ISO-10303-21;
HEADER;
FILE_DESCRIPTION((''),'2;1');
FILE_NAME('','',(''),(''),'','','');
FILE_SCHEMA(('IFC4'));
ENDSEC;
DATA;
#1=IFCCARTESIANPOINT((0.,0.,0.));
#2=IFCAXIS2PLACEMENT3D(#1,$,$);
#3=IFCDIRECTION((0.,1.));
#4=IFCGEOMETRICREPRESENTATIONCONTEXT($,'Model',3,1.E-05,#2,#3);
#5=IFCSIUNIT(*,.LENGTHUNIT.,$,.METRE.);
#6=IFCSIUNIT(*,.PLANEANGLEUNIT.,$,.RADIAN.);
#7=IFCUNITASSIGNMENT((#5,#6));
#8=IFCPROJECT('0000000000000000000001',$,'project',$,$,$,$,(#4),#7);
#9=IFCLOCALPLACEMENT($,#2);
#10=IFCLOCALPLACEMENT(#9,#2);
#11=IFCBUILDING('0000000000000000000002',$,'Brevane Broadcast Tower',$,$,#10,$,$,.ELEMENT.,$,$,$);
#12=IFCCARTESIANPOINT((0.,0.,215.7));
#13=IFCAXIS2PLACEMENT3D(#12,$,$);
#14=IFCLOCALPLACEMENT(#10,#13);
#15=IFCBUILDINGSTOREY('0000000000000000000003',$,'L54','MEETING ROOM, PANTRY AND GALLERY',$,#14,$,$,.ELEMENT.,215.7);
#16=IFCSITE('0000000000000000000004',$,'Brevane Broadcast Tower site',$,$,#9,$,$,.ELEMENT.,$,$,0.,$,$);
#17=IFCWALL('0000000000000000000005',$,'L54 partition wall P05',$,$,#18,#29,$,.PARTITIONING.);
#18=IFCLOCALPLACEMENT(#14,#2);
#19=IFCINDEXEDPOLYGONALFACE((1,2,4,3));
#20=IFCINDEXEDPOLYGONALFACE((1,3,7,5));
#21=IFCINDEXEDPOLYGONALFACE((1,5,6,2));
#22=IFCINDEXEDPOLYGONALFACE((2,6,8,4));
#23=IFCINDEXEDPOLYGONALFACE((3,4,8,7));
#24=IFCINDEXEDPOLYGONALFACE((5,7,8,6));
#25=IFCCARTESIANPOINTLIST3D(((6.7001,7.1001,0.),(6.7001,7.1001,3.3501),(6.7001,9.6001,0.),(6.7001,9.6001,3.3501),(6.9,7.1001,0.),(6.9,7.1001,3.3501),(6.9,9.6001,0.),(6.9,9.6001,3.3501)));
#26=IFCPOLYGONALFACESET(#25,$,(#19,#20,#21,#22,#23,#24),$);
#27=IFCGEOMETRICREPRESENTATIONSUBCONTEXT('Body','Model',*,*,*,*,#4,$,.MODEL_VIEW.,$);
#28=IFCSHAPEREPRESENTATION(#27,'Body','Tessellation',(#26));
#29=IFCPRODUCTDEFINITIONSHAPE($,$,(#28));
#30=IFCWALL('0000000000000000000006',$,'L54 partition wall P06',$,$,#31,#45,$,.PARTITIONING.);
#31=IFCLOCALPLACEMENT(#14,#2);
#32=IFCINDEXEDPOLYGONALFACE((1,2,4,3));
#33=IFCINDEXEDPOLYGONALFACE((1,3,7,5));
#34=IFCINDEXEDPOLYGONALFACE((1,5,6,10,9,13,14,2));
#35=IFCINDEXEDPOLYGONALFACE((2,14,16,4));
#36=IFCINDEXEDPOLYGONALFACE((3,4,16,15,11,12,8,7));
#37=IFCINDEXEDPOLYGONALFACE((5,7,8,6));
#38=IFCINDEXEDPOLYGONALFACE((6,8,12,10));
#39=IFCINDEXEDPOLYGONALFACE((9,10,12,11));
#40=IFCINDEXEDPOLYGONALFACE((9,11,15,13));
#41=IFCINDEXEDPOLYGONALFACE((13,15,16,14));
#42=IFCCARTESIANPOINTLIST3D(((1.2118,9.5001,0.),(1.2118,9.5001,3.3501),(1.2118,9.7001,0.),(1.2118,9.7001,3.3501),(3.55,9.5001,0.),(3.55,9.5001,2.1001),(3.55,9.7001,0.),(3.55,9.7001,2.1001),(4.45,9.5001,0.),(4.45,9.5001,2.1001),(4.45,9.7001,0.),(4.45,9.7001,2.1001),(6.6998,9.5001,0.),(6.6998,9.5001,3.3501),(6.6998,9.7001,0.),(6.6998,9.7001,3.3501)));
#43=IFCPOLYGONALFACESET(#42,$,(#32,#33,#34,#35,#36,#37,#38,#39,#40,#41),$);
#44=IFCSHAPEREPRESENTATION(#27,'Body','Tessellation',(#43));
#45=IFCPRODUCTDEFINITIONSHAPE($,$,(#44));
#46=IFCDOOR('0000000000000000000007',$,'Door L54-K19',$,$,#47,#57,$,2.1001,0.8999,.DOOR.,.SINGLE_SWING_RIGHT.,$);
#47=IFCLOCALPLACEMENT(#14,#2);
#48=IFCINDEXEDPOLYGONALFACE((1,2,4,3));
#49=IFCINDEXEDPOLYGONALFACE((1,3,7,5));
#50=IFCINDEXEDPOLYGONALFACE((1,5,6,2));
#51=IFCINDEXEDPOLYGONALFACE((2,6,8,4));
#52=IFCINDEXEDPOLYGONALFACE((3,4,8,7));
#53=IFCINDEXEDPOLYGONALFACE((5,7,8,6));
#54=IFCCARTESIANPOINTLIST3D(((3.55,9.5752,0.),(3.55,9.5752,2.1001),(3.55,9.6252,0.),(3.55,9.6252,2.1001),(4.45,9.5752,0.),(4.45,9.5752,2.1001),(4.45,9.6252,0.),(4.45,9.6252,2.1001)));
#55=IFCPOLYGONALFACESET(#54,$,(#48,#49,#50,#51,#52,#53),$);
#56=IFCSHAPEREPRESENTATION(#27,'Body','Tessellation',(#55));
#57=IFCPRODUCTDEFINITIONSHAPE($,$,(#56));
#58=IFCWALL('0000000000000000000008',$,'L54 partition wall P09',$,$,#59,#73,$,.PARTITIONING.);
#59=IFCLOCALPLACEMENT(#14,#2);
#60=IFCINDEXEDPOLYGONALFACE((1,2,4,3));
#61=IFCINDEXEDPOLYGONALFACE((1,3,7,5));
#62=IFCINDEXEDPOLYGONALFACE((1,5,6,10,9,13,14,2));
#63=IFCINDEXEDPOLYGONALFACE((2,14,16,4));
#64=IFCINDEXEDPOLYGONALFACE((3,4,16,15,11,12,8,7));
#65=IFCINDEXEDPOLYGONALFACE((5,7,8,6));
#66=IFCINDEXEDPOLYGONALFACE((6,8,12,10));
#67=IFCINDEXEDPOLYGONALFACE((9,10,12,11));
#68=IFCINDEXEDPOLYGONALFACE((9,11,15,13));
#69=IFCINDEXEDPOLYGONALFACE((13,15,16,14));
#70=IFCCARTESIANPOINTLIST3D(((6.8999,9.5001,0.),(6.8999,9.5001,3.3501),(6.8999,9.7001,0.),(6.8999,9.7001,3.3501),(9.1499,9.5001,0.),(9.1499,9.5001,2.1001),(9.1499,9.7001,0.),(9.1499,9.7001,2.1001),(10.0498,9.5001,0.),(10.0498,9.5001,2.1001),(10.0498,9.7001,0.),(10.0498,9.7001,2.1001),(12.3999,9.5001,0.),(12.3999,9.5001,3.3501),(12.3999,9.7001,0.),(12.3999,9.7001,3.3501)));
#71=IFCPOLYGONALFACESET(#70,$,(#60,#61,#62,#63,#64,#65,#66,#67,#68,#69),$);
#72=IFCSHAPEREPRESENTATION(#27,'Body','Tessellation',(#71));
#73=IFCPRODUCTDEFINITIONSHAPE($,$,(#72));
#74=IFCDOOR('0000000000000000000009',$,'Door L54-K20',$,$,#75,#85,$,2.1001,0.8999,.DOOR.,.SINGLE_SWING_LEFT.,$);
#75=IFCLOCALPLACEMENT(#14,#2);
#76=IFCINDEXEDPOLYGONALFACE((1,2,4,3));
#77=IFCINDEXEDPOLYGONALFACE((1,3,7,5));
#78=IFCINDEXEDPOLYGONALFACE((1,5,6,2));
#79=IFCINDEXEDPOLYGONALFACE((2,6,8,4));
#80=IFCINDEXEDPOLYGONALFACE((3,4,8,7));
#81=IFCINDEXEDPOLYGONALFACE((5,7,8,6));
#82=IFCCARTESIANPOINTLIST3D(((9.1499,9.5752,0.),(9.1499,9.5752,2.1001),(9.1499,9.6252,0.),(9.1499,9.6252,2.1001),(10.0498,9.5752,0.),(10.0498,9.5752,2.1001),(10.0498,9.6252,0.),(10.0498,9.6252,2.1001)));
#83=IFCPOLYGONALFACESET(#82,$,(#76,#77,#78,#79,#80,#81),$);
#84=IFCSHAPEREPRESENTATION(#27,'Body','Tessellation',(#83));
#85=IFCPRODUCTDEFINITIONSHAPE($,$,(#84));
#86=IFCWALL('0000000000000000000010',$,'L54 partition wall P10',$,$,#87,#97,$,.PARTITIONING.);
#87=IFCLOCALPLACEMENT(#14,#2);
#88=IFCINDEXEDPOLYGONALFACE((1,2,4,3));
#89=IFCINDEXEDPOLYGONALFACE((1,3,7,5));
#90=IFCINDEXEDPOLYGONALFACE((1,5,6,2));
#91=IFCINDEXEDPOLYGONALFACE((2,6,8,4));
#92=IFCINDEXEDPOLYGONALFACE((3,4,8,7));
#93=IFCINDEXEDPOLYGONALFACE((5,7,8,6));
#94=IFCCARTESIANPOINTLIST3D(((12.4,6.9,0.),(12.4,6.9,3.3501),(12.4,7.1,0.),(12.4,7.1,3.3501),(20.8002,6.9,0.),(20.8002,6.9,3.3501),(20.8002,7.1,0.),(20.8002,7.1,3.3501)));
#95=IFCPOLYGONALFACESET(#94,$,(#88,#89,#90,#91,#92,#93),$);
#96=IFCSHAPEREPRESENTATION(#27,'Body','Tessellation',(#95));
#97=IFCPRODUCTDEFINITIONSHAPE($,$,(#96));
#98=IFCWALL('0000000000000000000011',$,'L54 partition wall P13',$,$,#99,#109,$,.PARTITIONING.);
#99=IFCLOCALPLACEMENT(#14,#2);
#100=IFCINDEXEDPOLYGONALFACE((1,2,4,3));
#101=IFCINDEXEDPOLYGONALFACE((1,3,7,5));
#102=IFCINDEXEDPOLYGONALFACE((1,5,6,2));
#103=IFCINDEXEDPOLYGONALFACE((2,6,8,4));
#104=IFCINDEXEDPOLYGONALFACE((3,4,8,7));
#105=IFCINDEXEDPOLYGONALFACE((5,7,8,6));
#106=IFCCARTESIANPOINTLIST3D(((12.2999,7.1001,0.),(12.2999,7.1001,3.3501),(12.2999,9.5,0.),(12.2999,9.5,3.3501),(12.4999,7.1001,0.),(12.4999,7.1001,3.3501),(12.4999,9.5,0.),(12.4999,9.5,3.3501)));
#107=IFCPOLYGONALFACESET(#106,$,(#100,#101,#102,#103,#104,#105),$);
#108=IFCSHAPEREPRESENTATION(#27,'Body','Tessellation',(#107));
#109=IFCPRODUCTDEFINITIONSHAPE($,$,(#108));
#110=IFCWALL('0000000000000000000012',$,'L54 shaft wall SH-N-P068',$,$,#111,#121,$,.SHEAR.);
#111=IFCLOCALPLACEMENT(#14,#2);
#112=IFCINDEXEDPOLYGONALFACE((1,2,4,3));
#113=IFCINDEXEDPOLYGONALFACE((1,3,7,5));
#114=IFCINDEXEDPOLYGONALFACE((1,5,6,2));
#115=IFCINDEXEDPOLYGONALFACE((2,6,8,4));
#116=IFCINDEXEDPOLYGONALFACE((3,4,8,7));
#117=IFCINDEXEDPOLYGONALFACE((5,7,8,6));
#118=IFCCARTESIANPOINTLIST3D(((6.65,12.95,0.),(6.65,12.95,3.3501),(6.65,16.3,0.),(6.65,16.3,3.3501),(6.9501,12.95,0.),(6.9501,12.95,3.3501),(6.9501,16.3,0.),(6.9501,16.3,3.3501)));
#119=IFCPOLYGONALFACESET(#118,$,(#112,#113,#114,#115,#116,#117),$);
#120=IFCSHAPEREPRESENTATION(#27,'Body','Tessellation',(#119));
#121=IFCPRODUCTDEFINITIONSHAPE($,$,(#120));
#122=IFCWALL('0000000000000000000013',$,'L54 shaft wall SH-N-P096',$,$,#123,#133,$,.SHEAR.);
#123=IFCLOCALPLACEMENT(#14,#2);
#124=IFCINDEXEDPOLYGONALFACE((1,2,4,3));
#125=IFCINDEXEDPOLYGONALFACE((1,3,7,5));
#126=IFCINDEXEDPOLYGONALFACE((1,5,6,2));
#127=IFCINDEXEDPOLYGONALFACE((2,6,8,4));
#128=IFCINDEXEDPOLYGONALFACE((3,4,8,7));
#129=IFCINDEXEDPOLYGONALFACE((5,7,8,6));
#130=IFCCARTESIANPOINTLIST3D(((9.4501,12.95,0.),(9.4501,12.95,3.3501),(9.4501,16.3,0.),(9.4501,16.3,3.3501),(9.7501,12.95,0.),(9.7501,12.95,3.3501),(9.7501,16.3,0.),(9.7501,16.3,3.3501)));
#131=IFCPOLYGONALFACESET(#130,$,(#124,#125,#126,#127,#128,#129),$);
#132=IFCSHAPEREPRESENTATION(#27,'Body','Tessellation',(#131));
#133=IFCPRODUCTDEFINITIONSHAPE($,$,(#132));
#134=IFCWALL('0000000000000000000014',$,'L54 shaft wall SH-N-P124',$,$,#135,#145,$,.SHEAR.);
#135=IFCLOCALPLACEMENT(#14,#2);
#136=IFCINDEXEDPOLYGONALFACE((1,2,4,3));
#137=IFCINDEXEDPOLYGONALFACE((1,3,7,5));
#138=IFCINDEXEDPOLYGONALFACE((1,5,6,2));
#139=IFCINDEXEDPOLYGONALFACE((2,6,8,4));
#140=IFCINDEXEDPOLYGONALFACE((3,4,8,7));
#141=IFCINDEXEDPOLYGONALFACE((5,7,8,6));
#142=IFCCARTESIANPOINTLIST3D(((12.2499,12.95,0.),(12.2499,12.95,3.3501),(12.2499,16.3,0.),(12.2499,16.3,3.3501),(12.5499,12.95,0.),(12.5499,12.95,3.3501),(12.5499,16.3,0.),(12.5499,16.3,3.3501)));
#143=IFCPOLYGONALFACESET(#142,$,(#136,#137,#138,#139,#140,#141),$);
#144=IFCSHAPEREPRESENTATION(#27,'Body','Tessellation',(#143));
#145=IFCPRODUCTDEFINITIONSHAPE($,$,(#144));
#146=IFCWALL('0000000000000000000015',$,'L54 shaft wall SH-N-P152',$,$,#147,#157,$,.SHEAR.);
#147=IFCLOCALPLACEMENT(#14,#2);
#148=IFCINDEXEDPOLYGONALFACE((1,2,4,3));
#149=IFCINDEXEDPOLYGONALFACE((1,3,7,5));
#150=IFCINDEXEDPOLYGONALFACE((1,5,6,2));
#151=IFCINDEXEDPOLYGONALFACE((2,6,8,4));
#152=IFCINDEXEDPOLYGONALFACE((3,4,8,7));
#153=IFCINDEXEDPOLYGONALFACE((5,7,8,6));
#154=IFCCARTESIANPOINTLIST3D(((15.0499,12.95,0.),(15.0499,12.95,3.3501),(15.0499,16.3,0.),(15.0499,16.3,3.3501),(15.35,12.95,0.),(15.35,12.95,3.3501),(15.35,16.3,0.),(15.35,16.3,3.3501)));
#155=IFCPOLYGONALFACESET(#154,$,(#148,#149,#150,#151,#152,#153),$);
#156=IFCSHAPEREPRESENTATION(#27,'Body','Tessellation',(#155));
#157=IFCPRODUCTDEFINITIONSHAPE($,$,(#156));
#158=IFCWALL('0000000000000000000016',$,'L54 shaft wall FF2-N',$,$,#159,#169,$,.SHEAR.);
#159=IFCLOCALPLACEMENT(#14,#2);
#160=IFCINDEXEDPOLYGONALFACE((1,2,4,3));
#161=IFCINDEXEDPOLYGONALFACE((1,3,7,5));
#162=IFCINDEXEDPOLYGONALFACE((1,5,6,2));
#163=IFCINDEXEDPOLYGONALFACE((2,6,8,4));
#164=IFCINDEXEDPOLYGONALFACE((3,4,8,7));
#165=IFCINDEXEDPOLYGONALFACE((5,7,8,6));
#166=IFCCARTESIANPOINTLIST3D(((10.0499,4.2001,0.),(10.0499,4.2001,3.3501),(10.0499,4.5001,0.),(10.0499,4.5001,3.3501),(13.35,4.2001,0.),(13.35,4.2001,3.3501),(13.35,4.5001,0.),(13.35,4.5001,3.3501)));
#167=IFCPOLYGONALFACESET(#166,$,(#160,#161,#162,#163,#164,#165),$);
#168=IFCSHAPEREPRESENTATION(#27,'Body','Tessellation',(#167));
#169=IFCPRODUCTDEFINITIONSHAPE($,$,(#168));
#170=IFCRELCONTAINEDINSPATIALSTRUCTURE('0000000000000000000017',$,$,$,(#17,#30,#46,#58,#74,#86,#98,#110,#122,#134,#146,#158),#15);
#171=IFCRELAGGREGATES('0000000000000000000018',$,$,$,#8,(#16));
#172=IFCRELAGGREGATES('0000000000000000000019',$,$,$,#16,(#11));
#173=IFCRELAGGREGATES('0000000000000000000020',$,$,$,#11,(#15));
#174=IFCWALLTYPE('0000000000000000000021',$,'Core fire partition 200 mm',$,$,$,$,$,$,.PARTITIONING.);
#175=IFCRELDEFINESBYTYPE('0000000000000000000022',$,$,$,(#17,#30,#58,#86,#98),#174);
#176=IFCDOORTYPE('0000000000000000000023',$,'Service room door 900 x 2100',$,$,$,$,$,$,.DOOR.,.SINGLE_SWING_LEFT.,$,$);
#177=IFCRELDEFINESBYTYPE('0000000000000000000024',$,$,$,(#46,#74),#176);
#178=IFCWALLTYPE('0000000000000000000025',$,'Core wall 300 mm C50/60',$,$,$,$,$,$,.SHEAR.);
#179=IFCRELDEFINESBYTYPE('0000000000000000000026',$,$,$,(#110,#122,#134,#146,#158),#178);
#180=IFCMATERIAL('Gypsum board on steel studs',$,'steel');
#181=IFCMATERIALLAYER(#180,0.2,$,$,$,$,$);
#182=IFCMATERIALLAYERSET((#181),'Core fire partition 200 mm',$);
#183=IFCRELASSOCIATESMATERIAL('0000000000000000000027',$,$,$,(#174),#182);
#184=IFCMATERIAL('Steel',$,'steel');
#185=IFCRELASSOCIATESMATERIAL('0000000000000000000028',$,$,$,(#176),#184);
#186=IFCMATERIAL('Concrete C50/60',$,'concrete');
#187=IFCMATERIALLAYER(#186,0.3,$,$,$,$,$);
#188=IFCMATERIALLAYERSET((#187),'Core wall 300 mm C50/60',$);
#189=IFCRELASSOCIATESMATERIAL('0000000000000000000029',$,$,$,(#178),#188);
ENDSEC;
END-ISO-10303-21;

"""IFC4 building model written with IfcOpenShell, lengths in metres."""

from ifc_helpers import new_model, si_unit, direction, frame, frame_2d, origin, place, context, subcontext, project, spatial, rectangle, extrude, material, layer, layer_set, type_object, element, fill, save


model = new_model("IFC4")

# Units and contexts
model_context = context("Model", 3, precision=1e-05, world=origin(), true_north=direction((0.0, 1.0)))
body_context = subcontext(model_context, "Body", "Model", "MODEL_VIEW")
ifc_project = project(units=[si_unit("LENGTHUNIT", "METRE"), si_unit("PLANEANGLEUNIT", "RADIAN")], contexts=[model_context])

# Site, building, storey
site_placement = place(None, origin())
site = spatial("IfcSite", under=ifc_project, at=site_placement, Name="Brevane Broadcast Tower site", CompositionType="ELEMENT", RefElevation=0.0)
building_placement = place(site_placement, origin())
building = spatial("IfcBuilding", under=site, at=building_placement, Name="Brevane Broadcast Tower", CompositionType="ELEMENT")
storey_placement = place(building_placement, frame((0.0, 0.0, 215.7)))
storey = spatial("IfcBuildingStorey", under=building, at=storey_placement, Name="L54", Description="MEETING ROOM, PANTRY AND GALLERY", CompositionType="ELEMENT", Elevation=215.7)

# Shared definitions
ifc_material_1 = material(Name="Gypsum board on steel studs", Category="steel")

# Shared definitions
ifc_layer_1 = layer(ifc_material_1, 0.2)
ifc_layer_set_1 = layer_set([ifc_layer_1], Name="Core fire partition 200 mm")
wall_type_1 = type_object("IfcWallType", Name="Core fire partition 200 mm", PredefinedType="PARTITIONING", material=ifc_layer_set_1)
ifc_material_2 = material(Name="Steel", Category="steel")

# Wall
wall_1_placement = place(storey_placement, frame((6.8, 9.6001, 0.0), z_axis=(0.0, 0.0, 1.0), x_axis=(0.0, -1.0, 0.0)))
element("IfcWall", 1, at=wall_1_placement, inside=storey, type_object=wall_type_1, Name="L54 partition wall P05", PredefinedType="PARTITIONING", context=body_context, shape_type="SweptSolid", body=[
    extrude(rectangle(XDim=2.5, YDim=0.2, at=frame_2d((1.25, 0.0))), origin(), (0.0, 0.0, 1.0), 3.3501),
])

# Walls, openings, doors
wall_2_placement = place(storey_placement, frame((6.7, 9.6001, 0.0), z_axis=(0.0, 0.0, 1.0), x_axis=(-1.0, 0.0, 0.0)))
wall_2 = element("IfcWall", 2, at=wall_2_placement, inside=storey, type_object=wall_type_1, Name="L54 partition wall P06", PredefinedType="PARTITIONING", context=body_context, shape_type="SweptSolid", body=[
    extrude(rectangle(XDim=5.488, YDim=0.2, at=frame_2d((2.7441, 0.0))), origin(), (0.0, 0.0, 1.0), 3.3501),
])
opening_1_placement = place(wall_2_placement, frame((2.25, 0.0, 0.0)))
opening_1 = element("IfcOpeningElement", 3, at=opening_1_placement, cuts=wall_2, PredefinedType="OPENING", context=body_context, shape_type="SweptSolid", body=[
    extrude(rectangle(XDim=0.8999, YDim=2.1001, at=frame_2d((0.45, 1.05))), frame((0.0, 0.1099, 0.0), z_axis=(0.0, -1.0, 0.0), x_axis=(1.0, 0.0, 0.0)), (0.0, 0.0, 1.0), 0.22),
])
door_type_1 = type_object("IfcDoorType", Name="Service room door 900 x 2100", OperationType="SINGLE_SWING_LEFT", PredefinedType="DOOR", material=ifc_material_2)
door_1_placement = place(opening_1_placement, origin())
door_1 = element("IfcDoor", 4, at=door_1_placement, inside=storey, type_object=door_type_1, Name="Door L54-K19", OperationType="SINGLE_SWING_RIGHT", OverallHeight=2.1001, OverallWidth=0.8999, PredefinedType="DOOR", context=body_context, shape_type="SweptSolid", body=[
    extrude(rectangle(XDim=0.8999, YDim=2.1001, at=frame_2d((0.45, 1.05))), frame((0.0, 0.0249, 0.0), z_axis=(0.0, -1.0, 0.0), x_axis=(1.0, 0.0, 0.0)), (0.0, 0.0, 1.0), 0.05),
])
fill(opening_1, door_1)
wall_3_placement = place(storey_placement, frame((12.3999, 9.6001, 0.0), z_axis=(0.0, 0.0, 1.0), x_axis=(-1.0, 0.0, 0.0)))
wall_3 = element("IfcWall", 5, at=wall_3_placement, inside=storey, type_object=wall_type_1, Name="L54 partition wall P09", PredefinedType="PARTITIONING", context=body_context, shape_type="SweptSolid", body=[
    extrude(rectangle(XDim=5.5, YDim=0.2, at=frame_2d((2.75, 0.0))), origin(), (0.0, 0.0, 1.0), 3.3501),
])
opening_2_placement = place(wall_3_placement, frame((2.3501, 0.0, 0.0)))
opening_2 = element("IfcOpeningElement", 6, at=opening_2_placement, cuts=wall_3, PredefinedType="OPENING", context=body_context, shape_type="SweptSolid", body=[
    extrude(rectangle(XDim=0.8999, YDim=2.1001, at=frame_2d((0.45, 1.05))), frame((0.0, 0.1099, 0.0), z_axis=(0.0, -1.0, 0.0), x_axis=(1.0, 0.0, 0.0)), (0.0, 0.0, 1.0), 0.22),
])
door_2_placement = place(opening_2_placement, origin())
door_2 = element("IfcDoor", 7, at=door_2_placement, inside=storey, type_object=door_type_1, Name="Door L54-K20", OperationType="SINGLE_SWING_LEFT", OverallHeight=2.1001, OverallWidth=0.8999, PredefinedType="DOOR", context=body_context, shape_type="SweptSolid", body=[
    extrude(rectangle(XDim=0.8999, YDim=2.1001, at=frame_2d((0.45, 1.05))), frame((0.0, 0.0249, 0.0), z_axis=(0.0, -1.0, 0.0), x_axis=(1.0, 0.0, 0.0)), (0.0, 0.0, 1.0), 0.05),
])
fill(opening_2, door_2)

# Walls
wall_4_placement = place(storey_placement, frame((12.3999, 7.0, 0.0), z_axis=(0.0, 0.0, 1.0), x_axis=(1.0, 0.0, 0.0)))
element("IfcWall", 8, at=wall_4_placement, inside=storey, type_object=wall_type_1, Name="L54 partition wall P10", PredefinedType="PARTITIONING", context=body_context, shape_type="SweptSolid", body=[
    extrude(rectangle(XDim=8.4001, YDim=0.2, at=frame_2d((4.2002, 0.0))), origin(), (0.0, 0.0, 1.0), 3.3501),
])
wall_5_placement = place(storey_placement, frame((12.3999, 9.5, 0.0), z_axis=(0.0, 0.0, 1.0), x_axis=(0.0, -1.0, 0.0)))
element("IfcWall", 9, at=wall_5_placement, inside=storey, type_object=wall_type_1, Name="L54 partition wall P13", PredefinedType="PARTITIONING", context=body_context, shape_type="SweptSolid", body=[
    extrude(rectangle(XDim=2.3999, YDim=0.2, at=frame_2d((1.2, 0.0))), origin(), (0.0, 0.0, 1.0), 3.3501),
])
ifc_material_3 = material(Name="Concrete C50/60", Category="concrete")
ifc_layer_2 = layer(ifc_material_3, 0.3)
ifc_layer_set_2 = layer_set([ifc_layer_2], Name="Core wall 300 mm C50/60")
wall_type_2 = type_object("IfcWallType", Name="Core wall 300 mm C50/60", PredefinedType="SHEAR", material=ifc_layer_set_2)
for number, where, z_axis, x_axis, name in (
    (10, (6.8, 12.95, 0.0), (0.0, 0.0, 1.0), (0.0, 1.0, 0.0), "L54 shaft wall SH-N-P068"),
    (11, (9.6001, 12.95, 0.0), (0.0, 0.0, 1.0), (0.0, 1.0, 0.0), "L54 shaft wall SH-N-P096"),
    (12, (12.3999, 12.95, 0.0), (0.0, 0.0, 1.0), (0.0, 1.0, 0.0), "L54 shaft wall SH-N-P124"),
    (13, (15.2, 12.95, 0.0), (0.0, 0.0, 1.0), (0.0, 1.0, 0.0), "L54 shaft wall SH-N-P152"),
):
    element("IfcWall", number, at=place(storey_placement, frame(where, z_axis=z_axis, x_axis=x_axis)), inside=storey, type_object=wall_type_2, Name=name, PredefinedType="SHEAR", context=body_context, shape_type="SweptSolid", body=[
        extrude(rectangle(XDim=3.3501, YDim=0.3, at=frame_2d((1.675, 0.0))), origin(), (0.0, 0.0, 1.0), 3.3501),
    ])
wall_6_placement = place(storey_placement, frame((10.05, 4.3501, 0.0), z_axis=(0.0, 0.0, 1.0), x_axis=(1.0, 0.0, 0.0)))
element("IfcWall", 14, at=wall_6_placement, inside=storey, type_object=wall_type_2, Name="L54 shaft wall FF2-N", PredefinedType="SHEAR", context=body_context, shape_type="SweptSolid", body=[
    extrude(rectangle(XDim=3.3, YDim=0.3, at=frame_2d((1.6499, 0.0))), origin(), (0.0, 0.0, 1.0), 3.3501),
])

save(model, "model.ifc")
